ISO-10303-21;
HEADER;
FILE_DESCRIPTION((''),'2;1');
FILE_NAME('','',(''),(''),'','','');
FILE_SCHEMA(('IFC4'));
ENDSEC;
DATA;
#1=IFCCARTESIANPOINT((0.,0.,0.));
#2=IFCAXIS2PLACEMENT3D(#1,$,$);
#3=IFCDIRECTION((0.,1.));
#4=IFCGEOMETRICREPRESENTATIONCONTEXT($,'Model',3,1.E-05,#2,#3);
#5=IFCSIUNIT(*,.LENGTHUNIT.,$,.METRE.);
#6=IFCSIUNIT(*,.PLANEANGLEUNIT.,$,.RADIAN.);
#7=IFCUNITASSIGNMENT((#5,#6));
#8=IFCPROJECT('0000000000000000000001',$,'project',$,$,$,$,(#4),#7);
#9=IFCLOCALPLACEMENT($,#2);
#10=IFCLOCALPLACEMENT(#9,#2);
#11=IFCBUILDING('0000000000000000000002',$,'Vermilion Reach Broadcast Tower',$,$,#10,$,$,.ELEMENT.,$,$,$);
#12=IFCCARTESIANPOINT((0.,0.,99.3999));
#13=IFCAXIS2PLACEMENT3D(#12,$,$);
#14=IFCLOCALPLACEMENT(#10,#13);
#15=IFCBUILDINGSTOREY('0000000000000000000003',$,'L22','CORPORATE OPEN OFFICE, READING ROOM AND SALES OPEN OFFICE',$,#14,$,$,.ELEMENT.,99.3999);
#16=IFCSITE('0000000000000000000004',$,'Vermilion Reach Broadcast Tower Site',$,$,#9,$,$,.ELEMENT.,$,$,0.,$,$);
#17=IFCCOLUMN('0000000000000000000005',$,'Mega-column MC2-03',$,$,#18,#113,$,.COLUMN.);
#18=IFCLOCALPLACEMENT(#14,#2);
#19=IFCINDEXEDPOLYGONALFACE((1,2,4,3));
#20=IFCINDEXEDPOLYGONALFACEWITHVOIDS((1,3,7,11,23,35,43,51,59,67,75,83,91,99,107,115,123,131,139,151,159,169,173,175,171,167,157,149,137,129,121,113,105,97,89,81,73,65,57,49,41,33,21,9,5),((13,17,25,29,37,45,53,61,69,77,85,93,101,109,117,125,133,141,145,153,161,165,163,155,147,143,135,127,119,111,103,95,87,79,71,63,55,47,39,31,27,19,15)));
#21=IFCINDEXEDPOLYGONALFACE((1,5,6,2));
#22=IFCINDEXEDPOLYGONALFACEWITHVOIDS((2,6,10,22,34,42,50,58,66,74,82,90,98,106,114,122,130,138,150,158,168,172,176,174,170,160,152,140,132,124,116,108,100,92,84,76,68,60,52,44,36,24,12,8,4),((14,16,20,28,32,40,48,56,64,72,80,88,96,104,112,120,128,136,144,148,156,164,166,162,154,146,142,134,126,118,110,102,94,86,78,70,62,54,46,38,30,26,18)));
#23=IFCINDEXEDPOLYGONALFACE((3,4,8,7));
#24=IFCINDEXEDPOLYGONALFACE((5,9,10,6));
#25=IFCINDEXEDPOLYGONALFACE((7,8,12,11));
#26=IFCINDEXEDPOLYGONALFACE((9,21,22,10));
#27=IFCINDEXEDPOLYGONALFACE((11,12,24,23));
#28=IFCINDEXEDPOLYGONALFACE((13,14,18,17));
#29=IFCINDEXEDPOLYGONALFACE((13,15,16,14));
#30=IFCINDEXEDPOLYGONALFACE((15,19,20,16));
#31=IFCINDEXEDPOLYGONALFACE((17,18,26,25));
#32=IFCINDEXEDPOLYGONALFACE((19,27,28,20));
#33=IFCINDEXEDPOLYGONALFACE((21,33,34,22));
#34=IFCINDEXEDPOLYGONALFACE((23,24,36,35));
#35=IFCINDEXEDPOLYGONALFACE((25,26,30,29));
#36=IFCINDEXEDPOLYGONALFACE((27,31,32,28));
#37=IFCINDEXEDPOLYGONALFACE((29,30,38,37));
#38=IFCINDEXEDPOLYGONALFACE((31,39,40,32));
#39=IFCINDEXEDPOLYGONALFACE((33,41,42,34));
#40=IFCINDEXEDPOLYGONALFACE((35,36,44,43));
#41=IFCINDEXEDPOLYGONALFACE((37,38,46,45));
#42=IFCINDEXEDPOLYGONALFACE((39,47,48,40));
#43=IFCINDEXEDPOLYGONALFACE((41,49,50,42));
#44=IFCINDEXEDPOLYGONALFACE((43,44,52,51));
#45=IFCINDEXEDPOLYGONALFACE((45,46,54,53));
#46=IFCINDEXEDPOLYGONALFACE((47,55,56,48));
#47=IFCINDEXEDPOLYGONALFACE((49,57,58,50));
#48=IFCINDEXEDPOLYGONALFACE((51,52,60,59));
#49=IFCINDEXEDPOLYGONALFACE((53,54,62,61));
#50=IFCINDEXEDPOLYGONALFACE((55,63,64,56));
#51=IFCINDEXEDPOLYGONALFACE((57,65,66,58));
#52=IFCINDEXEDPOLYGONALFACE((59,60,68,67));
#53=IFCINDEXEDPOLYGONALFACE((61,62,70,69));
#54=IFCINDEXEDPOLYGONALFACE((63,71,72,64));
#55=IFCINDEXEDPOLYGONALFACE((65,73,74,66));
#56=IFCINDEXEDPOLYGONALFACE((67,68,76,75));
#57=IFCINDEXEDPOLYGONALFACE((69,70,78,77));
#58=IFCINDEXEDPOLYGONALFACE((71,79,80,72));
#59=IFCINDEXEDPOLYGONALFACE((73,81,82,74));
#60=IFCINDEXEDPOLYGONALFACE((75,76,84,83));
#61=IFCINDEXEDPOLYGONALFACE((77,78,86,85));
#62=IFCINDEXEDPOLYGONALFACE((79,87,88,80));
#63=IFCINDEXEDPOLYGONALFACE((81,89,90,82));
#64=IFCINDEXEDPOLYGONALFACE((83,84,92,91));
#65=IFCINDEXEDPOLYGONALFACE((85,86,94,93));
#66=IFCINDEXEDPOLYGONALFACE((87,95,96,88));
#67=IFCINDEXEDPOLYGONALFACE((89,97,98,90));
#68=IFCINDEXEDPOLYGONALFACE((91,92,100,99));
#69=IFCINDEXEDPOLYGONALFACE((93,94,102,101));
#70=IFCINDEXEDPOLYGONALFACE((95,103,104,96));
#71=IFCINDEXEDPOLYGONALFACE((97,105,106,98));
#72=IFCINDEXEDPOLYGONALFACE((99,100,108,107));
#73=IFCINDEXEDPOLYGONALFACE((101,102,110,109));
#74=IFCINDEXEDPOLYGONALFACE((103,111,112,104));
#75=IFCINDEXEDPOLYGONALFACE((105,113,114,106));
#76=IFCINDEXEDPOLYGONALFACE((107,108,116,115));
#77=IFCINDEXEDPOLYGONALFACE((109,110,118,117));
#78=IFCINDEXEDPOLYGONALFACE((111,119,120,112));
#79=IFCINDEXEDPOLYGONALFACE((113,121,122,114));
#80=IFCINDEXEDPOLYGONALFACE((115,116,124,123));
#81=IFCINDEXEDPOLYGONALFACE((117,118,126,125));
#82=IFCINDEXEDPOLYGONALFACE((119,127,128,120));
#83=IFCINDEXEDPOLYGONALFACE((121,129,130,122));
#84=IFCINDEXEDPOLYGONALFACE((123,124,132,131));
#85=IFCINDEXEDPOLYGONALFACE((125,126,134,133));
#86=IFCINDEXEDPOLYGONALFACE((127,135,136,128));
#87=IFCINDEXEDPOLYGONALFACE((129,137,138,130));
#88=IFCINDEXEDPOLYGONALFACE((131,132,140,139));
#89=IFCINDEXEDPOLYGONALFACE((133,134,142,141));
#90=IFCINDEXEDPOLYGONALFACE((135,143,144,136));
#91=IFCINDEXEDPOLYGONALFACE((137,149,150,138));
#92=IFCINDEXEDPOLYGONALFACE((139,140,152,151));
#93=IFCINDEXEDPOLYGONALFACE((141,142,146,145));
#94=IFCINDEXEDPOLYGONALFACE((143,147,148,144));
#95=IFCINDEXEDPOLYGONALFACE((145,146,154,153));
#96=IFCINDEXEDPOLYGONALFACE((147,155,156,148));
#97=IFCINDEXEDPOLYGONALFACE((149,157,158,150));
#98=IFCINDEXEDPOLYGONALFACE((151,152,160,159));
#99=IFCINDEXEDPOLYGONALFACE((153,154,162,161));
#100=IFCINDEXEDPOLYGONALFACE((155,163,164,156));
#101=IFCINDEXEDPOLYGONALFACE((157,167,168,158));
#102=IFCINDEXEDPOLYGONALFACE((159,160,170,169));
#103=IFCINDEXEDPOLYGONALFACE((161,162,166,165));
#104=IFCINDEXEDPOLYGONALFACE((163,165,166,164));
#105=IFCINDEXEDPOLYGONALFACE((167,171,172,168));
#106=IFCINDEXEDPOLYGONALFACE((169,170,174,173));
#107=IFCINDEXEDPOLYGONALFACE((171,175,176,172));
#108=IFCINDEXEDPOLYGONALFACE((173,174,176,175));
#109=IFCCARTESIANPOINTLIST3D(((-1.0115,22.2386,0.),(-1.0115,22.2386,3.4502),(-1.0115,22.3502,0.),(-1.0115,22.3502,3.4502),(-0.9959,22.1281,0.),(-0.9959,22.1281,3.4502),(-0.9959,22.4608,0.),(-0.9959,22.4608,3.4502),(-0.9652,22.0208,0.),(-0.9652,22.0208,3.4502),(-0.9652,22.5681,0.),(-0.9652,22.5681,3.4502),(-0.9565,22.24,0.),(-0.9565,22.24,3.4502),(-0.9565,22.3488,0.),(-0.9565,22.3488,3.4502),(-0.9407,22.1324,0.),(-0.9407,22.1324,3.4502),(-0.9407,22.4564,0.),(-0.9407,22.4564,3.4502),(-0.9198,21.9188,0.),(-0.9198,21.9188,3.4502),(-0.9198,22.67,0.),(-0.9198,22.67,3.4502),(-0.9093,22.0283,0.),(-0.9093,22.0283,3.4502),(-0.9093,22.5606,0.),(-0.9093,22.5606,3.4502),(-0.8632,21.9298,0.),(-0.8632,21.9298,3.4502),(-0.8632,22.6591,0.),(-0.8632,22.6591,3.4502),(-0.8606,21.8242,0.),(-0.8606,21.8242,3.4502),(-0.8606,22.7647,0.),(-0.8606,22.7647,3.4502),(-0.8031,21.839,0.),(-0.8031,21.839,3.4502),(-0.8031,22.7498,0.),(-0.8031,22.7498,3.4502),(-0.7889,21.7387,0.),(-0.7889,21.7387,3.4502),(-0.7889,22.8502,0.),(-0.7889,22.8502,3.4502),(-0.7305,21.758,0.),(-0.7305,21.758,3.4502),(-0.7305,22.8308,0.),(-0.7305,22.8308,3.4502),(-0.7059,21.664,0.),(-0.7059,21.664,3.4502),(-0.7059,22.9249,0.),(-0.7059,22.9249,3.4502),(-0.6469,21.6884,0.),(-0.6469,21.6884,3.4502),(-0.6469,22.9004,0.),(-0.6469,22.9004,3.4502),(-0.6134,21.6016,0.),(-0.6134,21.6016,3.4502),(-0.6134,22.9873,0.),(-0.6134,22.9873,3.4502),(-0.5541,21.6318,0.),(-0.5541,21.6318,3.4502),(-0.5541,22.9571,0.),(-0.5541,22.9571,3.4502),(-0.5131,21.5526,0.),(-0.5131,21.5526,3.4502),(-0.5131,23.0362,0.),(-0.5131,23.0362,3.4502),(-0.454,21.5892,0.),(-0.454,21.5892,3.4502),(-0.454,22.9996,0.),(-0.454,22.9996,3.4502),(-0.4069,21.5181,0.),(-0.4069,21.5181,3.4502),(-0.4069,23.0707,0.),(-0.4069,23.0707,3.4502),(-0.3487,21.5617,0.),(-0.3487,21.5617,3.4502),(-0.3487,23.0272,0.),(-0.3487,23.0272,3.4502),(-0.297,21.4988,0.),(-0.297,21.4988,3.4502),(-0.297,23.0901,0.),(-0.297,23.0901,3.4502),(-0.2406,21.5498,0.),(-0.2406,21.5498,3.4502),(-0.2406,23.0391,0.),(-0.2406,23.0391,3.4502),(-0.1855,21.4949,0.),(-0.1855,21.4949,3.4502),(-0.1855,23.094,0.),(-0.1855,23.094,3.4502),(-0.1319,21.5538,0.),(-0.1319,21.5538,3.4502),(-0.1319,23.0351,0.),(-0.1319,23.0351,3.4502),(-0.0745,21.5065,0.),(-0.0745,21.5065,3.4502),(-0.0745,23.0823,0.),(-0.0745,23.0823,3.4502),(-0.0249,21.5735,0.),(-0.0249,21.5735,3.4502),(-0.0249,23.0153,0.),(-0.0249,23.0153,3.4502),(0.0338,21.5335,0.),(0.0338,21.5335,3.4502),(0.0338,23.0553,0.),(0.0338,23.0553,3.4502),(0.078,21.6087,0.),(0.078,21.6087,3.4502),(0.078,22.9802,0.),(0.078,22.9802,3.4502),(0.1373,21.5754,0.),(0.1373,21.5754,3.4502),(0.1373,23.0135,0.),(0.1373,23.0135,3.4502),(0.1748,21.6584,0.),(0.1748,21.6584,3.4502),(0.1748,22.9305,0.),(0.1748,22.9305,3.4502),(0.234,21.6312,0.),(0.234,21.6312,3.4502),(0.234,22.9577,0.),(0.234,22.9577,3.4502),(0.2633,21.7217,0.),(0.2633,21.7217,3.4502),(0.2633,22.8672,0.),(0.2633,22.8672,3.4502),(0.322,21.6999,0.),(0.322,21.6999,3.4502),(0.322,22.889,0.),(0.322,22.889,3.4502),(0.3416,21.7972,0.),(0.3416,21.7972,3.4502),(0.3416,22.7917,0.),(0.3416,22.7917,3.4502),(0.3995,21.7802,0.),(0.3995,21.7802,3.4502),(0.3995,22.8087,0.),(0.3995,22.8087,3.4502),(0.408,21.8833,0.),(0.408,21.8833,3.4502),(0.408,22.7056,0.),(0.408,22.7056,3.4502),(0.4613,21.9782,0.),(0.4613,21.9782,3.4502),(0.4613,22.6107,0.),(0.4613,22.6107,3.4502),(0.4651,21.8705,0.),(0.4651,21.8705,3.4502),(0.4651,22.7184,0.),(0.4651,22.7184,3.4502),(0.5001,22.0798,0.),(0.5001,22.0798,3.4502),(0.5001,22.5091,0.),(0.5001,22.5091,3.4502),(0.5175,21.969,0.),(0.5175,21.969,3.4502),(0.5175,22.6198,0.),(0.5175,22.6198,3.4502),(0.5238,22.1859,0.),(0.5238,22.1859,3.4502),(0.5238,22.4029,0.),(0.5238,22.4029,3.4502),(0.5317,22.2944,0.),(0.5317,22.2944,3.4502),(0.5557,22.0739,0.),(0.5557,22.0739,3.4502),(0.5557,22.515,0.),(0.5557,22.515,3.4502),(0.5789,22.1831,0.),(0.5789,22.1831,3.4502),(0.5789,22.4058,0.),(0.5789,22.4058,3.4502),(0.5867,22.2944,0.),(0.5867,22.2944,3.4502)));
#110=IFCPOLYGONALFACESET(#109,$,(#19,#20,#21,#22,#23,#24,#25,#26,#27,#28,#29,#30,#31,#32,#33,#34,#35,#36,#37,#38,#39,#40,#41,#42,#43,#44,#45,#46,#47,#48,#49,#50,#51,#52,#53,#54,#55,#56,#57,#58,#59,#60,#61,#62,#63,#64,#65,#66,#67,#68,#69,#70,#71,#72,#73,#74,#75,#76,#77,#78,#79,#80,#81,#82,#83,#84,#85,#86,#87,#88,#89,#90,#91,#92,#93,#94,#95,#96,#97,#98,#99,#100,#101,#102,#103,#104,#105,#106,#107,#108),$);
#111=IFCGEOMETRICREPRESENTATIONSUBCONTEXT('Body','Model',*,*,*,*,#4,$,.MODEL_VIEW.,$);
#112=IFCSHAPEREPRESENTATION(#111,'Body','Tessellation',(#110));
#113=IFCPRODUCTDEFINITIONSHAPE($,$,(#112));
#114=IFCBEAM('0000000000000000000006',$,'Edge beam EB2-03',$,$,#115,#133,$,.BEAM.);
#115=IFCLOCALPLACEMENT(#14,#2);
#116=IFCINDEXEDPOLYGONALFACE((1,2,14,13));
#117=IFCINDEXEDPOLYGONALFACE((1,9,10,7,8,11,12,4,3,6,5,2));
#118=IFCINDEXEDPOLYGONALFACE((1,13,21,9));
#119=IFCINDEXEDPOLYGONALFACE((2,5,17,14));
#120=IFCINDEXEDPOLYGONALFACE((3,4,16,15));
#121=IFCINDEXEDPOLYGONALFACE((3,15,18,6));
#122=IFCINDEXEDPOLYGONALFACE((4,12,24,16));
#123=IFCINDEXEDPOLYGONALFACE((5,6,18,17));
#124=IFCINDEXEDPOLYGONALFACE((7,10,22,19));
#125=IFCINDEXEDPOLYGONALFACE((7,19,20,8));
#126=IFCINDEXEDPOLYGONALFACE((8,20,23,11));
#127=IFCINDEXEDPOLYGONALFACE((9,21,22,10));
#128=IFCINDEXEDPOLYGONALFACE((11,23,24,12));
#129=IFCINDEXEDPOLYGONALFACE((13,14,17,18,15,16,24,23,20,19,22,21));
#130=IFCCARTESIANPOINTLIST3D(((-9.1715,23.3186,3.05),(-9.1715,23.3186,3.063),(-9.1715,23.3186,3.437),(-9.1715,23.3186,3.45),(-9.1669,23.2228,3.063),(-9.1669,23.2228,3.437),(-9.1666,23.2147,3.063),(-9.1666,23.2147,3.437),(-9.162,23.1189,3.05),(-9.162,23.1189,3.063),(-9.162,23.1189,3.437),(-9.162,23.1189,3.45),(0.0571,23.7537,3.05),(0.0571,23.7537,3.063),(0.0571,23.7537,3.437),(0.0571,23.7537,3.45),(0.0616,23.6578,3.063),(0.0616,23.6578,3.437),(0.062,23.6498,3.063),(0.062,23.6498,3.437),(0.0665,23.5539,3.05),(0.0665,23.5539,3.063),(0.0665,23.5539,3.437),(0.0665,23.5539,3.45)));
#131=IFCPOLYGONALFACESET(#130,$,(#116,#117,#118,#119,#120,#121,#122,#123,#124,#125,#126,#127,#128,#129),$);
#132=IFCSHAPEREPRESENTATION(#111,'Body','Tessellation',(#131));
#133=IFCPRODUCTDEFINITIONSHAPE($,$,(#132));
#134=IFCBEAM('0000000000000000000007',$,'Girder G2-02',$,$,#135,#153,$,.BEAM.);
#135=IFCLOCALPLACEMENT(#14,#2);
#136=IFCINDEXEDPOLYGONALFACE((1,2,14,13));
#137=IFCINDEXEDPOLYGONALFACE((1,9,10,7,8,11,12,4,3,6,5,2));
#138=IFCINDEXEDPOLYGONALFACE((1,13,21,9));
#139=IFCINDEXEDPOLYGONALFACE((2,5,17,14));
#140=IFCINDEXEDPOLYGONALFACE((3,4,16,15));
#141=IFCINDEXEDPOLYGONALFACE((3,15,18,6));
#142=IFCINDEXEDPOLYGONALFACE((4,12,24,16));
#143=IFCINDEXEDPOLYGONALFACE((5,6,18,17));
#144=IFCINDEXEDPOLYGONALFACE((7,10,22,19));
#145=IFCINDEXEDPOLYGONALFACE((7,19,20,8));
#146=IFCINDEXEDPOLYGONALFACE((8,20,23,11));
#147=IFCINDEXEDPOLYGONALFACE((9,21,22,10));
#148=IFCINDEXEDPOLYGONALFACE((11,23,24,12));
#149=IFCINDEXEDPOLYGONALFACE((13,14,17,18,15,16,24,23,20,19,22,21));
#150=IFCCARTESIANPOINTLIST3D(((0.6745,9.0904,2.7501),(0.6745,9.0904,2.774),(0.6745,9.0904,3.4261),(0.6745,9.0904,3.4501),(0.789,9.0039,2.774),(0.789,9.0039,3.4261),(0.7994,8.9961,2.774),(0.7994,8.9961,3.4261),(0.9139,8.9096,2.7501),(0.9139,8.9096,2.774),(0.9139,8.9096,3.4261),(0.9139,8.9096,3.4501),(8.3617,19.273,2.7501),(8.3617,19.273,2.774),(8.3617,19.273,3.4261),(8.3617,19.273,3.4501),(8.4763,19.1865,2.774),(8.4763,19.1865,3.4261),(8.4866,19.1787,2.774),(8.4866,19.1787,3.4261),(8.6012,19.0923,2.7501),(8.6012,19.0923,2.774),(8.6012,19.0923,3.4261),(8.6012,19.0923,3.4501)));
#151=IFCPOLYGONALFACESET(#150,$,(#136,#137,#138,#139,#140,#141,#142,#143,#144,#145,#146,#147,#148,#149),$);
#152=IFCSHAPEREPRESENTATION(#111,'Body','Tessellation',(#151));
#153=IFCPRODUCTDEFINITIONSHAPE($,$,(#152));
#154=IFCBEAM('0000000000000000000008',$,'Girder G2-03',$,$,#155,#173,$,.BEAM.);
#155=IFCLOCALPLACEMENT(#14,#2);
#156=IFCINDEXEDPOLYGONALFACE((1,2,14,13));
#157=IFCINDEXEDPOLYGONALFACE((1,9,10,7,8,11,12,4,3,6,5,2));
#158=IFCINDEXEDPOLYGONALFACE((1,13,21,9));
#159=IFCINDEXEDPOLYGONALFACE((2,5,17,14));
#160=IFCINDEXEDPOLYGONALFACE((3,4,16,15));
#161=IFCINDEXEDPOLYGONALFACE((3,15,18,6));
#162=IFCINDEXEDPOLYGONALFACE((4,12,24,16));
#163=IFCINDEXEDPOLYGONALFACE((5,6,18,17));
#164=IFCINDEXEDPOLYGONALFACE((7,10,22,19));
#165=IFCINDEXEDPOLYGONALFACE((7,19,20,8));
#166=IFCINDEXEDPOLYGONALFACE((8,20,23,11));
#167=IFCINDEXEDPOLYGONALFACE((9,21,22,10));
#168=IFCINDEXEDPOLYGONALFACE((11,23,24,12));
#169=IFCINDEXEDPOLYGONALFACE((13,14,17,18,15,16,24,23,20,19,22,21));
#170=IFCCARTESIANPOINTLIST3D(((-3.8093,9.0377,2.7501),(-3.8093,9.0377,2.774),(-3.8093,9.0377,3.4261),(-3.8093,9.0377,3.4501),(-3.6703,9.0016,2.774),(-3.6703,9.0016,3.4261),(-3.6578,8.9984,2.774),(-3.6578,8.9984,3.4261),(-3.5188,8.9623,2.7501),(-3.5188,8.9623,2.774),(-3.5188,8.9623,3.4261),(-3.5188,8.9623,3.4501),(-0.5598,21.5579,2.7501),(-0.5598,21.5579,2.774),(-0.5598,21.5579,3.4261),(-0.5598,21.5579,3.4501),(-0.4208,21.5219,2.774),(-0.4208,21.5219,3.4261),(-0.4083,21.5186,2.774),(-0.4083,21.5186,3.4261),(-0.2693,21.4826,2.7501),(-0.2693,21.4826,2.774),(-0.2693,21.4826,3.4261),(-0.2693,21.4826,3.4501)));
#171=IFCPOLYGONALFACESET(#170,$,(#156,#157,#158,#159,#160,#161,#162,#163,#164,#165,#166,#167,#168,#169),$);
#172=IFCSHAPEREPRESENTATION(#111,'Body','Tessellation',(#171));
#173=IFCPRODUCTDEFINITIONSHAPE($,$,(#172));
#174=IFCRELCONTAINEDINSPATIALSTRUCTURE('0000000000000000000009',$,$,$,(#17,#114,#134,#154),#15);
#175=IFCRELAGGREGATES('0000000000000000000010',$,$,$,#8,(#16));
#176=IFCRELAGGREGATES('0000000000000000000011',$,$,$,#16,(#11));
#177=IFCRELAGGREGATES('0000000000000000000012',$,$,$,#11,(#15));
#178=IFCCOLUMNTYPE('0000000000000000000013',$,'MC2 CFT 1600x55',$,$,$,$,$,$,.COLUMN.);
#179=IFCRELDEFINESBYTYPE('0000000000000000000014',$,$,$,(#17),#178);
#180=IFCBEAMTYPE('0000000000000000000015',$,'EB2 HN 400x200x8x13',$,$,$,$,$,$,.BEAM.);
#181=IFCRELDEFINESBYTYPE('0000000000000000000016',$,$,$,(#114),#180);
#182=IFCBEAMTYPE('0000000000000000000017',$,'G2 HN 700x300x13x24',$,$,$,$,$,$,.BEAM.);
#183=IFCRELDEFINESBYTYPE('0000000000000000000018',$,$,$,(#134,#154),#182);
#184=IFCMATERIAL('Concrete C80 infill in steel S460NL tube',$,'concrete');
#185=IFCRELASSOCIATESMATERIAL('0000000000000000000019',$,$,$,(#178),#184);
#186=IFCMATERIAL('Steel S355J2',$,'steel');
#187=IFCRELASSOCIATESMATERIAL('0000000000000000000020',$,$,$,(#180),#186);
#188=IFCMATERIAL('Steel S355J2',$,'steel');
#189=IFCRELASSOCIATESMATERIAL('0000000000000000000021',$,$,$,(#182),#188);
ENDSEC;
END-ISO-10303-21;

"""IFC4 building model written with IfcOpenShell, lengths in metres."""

from ifc_helpers import new_model, si_unit, direction, frame, origin, origin_2d, place, context, subcontext, project, spatial, hollow_circle, i_section, extrude, material, material_profile, profile_set, type_object, element, save


model = new_model("IFC4")

# Units and contexts
model_context = context("Model", 3, precision=1e-05, world=origin(), true_north=direction((0.0, 1.0)))
body_context = subcontext(model_context, "Body", "Model", "MODEL_VIEW")
ifc_project = project(units=[si_unit("LENGTHUNIT", "METRE"), si_unit("PLANEANGLEUNIT", "RADIAN")], contexts=[model_context])

# Site, building, storey
site_placement = place(None, origin())
site = spatial("IfcSite", under=ifc_project, at=site_placement, Name="Vermilion Reach Broadcast Tower Site", CompositionType="ELEMENT", RefElevation=0.0)
building_placement = place(site_placement, origin())
building = spatial("IfcBuilding", under=site, at=building_placement, Name="Vermilion Reach Broadcast Tower", CompositionType="ELEMENT")
storey_placement = place(building_placement, frame((0.0, 0.0, 99.3999)))
storey = spatial("IfcBuildingStorey", under=building, at=storey_placement, Name="L22", Description="CORPORATE OPEN OFFICE, READING ROOM AND SALES OPEN OFFICE", CompositionType="ELEMENT", Elevation=99.3999)

# Column
ifc_material_1 = material(Name="Concrete C80 infill in steel S460NL tube", Category="concrete")
ifc_material_profile_1 = material_profile(ifc_material_1, hollow_circle(Radius=0.8, WallThickness=0.0549, at=origin_2d()), Name="Concrete C80 infill in steel S460NL tube CFT 1600x55")
ifc_profile_set_1 = profile_set([ifc_material_profile_1], Name="Concrete C80 infill in steel S460NL tube")
column_type = type_object("IfcColumnType", Name="MC2 CFT 1600x55", PredefinedType="COLUMN", material=ifc_profile_set_1)
column_placement = place(storey_placement, frame((-0.2134, 22.2944, 0.0), z_axis=(0.0, 0.0, 1.0), x_axis=(1.0, 0.0, 0.0)))
element("IfcColumn", 1, at=column_placement, inside=storey, type_object=column_type, Name="Mega-column MC2-03", PredefinedType="COLUMN", context=body_context, shape_type="SweptSolid", body=[
    extrude(hollow_circle(Radius=0.8, WallThickness=0.0549, at=origin_2d()), origin(), (0.0, 0.0, 1.0), 3.4502),
])

# Beams
ifc_material_2 = material(Name="Steel S355J2", Category="steel")
ifc_material_profile_2 = material_profile(ifc_material_2, i_section(OverallWidth=0.2, OverallDepth=0.3999, WebThickness=0.0081, FlangeThickness=0.0129, at=origin_2d()), Name="S355J2 HN 400x200x8x13")
ifc_profile_set_2 = profile_set([ifc_material_profile_2], Name="Steel S355J2")
beam_type_1 = type_object("IfcBeamType", Name="EB2 HN 400x200x8x13", PredefinedType="BEAM", material=ifc_profile_set_2)
beam_1_placement = place(storey_placement, frame((0.0618, 23.6538, 3.25), z_axis=(-0.998891, -0.047091, 0.0), x_axis=(0.047091, -0.998891, 0.0)))
element("IfcBeam", 2, at=beam_1_placement, inside=storey, type_object=beam_type_1, Name="Edge beam EB2-03", PredefinedType="BEAM", context=body_context, shape_type="SweptSolid", body=[
    extrude(i_section(OverallWidth=0.2, OverallDepth=0.3999, WebThickness=0.0081, FlangeThickness=0.0129, at=origin_2d()), origin(), (0.0, 0.0, 1.0), 9.2388),
])
ifc_material_3 = material(Name="Steel S355J2", Category="steel")
ifc_material_profile_3 = material_profile(ifc_material_3, i_section(OverallWidth=0.3, OverallDepth=0.7, WebThickness=0.0129, FlangeThickness=0.0239, at=origin_2d()), Name="S355J2 HN 700x300x13x24")
ifc_profile_set_3 = profile_set([ifc_material_profile_3], Name="Steel S355J2")
beam_type_2 = type_object("IfcBeamType", Name="G2 HN 700x300x13x24", PredefinedType="BEAM", material=ifc_profile_set_3)
beam_2_placement = place(storey_placement, frame((0.7942, 9.0, 3.1001), z_axis=(0.60252, 0.798104, 0.0), x_axis=(-0.798104, 0.60252, 0.0)))
element("IfcBeam", 3, at=beam_2_placement, inside=storey, type_object=beam_type_2, Name="Girder G2-02", PredefinedType="BEAM", context=body_context, shape_type="SweptSolid", body=[
    extrude(i_section(OverallWidth=0.3, OverallDepth=0.7, WebThickness=0.0129, FlangeThickness=0.0239, at=origin_2d()), origin(), (0.0, 0.0, 1.0), 12.7585),
])
beam_3_placement = place(storey_placement, frame((-3.6641, 9.0, 3.1001), z_axis=(0.251217, 0.967931, 0.0), x_axis=(-0.967931, 0.251217, 0.0)))
element("IfcBeam", 4, at=beam_3_placement, inside=storey, type_object=beam_type_2, Name="Girder G2-03", PredefinedType="BEAM", context=body_context, shape_type="SweptSolid", body=[
    extrude(i_section(OverallWidth=0.3, OverallDepth=0.7, WebThickness=0.0129, FlangeThickness=0.0239, at=origin_2d()), origin(), (0.0, 0.0, 1.0), 12.9351),
])

save(model, "model.ifc")
